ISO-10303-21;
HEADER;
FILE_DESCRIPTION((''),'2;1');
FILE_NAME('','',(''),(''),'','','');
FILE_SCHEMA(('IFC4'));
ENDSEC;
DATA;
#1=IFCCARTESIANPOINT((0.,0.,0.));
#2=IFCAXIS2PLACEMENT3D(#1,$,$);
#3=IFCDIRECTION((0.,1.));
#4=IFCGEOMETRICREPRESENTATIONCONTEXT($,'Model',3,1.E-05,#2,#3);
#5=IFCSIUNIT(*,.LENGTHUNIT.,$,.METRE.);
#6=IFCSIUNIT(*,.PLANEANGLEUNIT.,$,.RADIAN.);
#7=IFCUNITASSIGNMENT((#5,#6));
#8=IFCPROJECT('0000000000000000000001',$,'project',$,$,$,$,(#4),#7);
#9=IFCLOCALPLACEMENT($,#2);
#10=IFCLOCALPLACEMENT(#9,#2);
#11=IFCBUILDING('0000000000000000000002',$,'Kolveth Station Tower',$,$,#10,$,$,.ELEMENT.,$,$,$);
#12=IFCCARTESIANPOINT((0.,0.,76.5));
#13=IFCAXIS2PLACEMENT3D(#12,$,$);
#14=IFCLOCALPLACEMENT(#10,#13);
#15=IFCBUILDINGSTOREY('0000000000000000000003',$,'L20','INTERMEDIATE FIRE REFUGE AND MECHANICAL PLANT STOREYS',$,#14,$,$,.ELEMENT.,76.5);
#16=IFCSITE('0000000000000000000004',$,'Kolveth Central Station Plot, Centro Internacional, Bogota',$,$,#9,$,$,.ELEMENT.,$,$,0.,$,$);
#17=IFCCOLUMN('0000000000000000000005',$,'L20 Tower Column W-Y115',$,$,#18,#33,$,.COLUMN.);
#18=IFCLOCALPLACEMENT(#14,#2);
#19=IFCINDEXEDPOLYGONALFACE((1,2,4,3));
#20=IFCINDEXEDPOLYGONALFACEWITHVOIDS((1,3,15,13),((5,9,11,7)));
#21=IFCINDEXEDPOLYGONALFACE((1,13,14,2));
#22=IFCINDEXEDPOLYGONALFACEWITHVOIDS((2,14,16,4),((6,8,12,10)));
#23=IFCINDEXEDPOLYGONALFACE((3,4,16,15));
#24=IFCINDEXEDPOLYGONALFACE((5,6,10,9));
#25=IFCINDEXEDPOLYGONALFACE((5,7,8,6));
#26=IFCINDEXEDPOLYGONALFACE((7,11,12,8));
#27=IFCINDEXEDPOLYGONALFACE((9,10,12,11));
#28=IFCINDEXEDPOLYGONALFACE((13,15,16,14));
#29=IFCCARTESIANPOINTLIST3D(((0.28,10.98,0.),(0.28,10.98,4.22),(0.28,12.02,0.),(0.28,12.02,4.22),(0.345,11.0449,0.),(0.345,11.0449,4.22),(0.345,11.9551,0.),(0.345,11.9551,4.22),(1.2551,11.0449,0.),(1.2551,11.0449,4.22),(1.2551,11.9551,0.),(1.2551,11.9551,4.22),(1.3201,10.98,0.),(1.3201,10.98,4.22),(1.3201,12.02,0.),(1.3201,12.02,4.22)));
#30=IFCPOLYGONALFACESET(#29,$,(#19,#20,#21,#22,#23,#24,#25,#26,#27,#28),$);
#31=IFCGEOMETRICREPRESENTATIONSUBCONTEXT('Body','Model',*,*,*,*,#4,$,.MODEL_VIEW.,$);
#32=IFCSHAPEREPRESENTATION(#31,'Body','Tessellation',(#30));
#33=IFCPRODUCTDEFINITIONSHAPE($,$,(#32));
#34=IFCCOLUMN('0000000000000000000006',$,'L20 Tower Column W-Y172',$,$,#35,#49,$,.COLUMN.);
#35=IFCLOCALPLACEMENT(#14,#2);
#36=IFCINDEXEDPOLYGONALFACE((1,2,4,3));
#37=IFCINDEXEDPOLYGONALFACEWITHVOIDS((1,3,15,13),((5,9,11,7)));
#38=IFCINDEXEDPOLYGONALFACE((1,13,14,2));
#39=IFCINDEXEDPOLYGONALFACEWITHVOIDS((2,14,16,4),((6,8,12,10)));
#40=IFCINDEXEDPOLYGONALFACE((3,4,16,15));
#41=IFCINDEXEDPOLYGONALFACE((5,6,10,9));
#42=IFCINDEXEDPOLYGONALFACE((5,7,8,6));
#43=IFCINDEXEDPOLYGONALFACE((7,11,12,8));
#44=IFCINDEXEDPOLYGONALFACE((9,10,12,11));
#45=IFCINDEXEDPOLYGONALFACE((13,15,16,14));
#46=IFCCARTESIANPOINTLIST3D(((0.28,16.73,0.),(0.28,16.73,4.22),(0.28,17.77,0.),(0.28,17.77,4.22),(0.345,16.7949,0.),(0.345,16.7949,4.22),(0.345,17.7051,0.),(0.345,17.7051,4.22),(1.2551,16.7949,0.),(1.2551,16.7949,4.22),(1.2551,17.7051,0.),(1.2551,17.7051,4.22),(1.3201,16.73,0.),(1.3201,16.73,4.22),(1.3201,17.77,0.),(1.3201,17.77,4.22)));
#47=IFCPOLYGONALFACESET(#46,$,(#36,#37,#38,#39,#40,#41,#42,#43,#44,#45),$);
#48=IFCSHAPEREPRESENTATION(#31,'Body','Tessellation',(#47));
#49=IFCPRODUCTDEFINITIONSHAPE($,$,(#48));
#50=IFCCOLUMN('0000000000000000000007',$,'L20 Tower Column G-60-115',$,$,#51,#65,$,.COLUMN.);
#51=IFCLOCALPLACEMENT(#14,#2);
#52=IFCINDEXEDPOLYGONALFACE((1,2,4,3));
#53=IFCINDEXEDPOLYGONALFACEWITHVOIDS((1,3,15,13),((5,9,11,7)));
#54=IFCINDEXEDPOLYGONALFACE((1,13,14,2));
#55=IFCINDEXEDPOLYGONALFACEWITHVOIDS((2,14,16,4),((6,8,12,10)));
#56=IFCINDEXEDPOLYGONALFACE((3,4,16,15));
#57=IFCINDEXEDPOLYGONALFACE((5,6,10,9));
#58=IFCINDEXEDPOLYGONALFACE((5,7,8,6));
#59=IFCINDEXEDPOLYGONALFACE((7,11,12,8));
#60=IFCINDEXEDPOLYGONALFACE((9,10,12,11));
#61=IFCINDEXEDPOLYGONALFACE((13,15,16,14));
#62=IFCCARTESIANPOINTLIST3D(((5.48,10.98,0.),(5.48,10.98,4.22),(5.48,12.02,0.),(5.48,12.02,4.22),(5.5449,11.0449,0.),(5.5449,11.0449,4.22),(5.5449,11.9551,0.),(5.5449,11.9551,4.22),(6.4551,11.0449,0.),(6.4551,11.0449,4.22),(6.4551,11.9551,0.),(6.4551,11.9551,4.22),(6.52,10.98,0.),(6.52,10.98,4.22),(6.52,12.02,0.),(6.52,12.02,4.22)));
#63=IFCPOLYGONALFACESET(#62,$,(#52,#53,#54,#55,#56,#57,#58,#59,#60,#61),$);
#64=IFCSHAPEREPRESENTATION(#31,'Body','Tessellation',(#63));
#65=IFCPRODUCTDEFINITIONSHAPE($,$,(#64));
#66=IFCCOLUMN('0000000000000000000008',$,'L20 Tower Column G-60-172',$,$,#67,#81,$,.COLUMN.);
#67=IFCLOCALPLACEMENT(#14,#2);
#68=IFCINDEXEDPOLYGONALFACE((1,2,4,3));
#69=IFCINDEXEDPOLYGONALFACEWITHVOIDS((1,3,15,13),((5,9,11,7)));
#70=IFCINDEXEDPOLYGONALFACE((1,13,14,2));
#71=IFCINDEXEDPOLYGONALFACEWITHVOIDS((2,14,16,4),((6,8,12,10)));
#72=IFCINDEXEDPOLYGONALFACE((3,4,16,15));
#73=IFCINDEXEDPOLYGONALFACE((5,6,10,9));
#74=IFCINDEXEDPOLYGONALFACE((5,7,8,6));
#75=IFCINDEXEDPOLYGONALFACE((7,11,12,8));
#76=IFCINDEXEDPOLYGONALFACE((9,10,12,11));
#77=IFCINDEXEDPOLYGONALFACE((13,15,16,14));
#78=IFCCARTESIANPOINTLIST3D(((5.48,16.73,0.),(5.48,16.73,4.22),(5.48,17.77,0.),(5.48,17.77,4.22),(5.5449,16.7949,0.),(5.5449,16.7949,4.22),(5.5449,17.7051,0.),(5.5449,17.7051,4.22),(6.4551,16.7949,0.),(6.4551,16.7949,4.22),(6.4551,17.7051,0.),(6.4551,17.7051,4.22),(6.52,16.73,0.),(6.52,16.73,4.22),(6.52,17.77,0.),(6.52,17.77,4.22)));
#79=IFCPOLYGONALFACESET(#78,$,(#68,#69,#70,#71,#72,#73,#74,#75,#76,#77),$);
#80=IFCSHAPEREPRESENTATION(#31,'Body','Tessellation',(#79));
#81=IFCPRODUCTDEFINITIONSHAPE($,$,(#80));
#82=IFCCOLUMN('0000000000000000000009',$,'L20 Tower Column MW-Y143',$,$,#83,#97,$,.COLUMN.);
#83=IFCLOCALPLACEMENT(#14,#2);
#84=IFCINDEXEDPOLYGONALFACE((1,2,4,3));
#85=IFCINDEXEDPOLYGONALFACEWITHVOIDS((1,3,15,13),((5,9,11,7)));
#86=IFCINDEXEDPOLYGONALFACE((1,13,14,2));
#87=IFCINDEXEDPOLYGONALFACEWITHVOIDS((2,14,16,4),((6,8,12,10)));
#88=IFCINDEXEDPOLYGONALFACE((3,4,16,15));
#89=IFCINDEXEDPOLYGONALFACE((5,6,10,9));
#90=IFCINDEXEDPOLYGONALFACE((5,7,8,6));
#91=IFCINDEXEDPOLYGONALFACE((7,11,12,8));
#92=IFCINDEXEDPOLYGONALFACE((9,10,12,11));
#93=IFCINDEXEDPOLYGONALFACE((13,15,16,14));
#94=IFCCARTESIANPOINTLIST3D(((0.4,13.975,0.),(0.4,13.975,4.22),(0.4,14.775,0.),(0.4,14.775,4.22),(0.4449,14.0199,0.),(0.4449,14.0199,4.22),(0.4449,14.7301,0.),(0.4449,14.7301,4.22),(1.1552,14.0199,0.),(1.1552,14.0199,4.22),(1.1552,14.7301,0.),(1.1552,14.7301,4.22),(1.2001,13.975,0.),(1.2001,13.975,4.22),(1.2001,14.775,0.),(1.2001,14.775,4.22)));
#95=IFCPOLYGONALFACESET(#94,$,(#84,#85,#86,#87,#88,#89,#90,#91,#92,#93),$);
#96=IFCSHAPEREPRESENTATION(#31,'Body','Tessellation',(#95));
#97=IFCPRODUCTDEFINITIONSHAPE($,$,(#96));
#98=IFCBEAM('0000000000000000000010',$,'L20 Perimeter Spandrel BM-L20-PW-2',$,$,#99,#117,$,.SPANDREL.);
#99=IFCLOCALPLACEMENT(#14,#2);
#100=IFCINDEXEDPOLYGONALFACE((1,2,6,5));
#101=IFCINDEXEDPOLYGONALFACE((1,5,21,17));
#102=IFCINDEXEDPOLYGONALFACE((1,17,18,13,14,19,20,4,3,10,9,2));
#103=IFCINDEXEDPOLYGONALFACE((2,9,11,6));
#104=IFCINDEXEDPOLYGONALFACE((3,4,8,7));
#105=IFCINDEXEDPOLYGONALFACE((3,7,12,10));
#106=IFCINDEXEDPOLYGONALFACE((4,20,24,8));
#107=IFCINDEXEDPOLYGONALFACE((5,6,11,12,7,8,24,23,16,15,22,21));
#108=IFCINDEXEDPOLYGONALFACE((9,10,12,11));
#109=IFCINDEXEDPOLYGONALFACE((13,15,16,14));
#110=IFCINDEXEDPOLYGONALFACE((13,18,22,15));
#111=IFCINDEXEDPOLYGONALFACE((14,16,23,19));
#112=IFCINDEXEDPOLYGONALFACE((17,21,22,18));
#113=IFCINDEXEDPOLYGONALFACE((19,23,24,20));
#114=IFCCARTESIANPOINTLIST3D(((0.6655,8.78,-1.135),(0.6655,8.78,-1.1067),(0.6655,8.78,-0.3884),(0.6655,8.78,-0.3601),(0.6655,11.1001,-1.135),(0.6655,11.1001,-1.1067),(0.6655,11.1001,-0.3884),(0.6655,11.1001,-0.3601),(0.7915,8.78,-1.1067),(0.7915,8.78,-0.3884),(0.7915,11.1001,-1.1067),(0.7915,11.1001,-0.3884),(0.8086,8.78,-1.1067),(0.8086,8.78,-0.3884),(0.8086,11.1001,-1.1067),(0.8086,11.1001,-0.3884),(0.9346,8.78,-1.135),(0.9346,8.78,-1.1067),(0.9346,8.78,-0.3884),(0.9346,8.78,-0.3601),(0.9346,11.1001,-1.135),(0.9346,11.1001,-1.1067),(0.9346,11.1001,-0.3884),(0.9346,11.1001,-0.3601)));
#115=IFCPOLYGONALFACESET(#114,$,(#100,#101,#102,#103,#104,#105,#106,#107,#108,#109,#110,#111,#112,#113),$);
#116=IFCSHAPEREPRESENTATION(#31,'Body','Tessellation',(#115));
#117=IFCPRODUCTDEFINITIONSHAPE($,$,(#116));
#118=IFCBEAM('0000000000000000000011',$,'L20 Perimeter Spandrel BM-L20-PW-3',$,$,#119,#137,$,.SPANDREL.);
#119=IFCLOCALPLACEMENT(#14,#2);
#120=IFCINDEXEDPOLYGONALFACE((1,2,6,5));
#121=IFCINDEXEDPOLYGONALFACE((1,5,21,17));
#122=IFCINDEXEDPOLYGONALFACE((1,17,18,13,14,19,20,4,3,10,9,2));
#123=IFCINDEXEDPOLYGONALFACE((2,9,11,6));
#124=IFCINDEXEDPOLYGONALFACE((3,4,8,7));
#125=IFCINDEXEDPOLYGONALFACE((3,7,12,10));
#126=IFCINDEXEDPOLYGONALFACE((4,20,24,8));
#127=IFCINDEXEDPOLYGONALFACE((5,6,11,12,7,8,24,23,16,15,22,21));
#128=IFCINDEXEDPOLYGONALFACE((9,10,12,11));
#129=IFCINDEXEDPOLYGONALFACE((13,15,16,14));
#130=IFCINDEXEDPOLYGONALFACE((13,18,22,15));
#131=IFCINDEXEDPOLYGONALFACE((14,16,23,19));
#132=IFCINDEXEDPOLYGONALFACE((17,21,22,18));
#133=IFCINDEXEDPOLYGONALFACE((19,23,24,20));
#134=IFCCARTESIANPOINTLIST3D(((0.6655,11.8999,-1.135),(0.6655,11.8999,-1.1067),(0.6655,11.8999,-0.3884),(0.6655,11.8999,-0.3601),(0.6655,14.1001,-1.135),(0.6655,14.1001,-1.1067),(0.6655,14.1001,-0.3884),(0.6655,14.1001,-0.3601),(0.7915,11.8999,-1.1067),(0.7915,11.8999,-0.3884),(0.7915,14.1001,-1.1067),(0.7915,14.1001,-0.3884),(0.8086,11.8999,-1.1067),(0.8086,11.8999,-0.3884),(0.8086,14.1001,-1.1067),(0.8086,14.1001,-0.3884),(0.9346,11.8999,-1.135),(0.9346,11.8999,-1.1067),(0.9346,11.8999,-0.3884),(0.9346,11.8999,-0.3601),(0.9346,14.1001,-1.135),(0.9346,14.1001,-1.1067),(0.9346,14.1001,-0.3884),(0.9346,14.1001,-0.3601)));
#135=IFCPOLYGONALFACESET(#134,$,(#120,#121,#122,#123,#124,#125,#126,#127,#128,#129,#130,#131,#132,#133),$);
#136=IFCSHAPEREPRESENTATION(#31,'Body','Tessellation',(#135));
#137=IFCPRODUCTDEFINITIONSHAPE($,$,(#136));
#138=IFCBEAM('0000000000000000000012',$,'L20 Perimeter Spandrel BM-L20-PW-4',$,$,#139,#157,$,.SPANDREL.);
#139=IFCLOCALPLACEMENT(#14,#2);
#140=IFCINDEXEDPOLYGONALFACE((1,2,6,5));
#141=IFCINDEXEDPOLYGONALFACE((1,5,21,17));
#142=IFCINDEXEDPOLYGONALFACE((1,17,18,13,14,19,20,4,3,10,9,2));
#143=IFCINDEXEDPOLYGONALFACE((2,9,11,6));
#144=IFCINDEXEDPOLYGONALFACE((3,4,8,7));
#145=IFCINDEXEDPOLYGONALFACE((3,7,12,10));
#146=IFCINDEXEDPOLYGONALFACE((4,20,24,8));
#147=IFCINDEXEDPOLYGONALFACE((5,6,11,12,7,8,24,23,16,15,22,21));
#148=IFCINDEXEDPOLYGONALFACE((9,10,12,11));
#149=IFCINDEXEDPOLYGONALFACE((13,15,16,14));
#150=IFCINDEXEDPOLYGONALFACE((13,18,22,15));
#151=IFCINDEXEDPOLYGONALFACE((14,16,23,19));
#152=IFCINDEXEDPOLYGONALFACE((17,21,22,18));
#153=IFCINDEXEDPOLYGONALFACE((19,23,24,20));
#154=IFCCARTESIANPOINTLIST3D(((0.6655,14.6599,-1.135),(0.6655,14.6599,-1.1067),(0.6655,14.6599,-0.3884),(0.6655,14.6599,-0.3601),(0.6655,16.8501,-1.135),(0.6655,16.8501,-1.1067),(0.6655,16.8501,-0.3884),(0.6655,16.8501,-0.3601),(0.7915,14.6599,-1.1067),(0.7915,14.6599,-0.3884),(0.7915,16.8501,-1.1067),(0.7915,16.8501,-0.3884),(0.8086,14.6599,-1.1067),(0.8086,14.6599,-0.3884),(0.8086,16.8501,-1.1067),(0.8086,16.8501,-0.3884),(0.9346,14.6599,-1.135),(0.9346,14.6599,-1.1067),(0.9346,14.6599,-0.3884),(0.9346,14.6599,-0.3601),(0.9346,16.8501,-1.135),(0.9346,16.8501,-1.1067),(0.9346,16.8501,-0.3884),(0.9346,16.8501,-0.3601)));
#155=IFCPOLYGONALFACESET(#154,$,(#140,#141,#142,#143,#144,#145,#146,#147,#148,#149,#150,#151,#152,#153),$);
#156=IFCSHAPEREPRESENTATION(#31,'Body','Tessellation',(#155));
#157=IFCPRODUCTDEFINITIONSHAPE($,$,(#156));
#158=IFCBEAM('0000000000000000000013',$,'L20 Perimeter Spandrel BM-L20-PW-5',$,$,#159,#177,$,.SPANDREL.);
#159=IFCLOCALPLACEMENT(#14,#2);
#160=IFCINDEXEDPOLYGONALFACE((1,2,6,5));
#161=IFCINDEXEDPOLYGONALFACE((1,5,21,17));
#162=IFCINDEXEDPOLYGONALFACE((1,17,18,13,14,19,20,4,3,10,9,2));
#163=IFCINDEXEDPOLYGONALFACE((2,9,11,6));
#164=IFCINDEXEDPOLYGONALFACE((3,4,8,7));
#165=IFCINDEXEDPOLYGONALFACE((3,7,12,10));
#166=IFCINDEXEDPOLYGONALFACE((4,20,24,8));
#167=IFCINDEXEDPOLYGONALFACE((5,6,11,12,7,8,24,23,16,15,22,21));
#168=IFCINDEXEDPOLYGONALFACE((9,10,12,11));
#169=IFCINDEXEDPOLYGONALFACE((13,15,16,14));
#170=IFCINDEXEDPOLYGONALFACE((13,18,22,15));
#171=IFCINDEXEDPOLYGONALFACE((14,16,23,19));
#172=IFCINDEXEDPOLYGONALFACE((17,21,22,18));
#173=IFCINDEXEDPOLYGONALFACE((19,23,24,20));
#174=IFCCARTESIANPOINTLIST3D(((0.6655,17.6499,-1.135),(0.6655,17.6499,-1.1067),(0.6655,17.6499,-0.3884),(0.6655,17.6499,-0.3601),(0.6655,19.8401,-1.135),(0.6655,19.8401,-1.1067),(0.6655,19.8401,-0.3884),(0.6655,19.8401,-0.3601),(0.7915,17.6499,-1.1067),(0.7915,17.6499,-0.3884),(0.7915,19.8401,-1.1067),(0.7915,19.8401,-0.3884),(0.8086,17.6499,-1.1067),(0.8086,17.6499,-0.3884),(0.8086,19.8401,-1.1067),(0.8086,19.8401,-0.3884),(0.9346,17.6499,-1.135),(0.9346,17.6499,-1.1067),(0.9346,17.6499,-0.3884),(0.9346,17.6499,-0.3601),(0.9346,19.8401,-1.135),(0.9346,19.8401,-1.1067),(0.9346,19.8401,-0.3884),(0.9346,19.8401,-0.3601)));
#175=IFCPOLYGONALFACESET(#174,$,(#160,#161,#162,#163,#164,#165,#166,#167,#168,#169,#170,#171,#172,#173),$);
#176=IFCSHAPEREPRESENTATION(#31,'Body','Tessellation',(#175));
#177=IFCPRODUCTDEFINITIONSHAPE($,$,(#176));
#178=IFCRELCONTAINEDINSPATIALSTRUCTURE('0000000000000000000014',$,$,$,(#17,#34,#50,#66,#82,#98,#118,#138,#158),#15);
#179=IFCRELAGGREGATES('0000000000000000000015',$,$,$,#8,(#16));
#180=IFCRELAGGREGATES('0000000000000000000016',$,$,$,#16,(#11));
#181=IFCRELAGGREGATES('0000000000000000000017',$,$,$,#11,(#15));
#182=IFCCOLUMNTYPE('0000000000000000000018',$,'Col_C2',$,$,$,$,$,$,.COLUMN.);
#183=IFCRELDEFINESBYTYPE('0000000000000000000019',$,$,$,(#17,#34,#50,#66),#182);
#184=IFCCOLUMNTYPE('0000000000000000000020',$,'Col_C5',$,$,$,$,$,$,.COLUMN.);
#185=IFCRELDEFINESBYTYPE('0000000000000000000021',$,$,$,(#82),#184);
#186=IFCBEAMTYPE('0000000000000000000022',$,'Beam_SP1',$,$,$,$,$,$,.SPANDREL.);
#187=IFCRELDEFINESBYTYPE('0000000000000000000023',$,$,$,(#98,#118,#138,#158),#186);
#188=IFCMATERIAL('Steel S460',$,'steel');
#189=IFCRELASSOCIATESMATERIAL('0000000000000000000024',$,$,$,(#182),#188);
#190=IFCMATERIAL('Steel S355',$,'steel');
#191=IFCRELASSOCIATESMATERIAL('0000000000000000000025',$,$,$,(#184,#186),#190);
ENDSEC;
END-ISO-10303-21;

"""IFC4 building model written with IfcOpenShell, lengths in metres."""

from ifc_helpers import new_model, si_unit, direction, frame, origin, origin_2d, place, context, subcontext, project, spatial, hollow_rectangle, i_section, extrude, source, transform, mapped, material, material_profile, profile_set, type_object, element, save


model = new_model("IFC4")

# Units and contexts
model_context = context("Model", 3, precision=1e-05, world=origin(), true_north=direction((0.0, 1.0)))
body_context = subcontext(model_context, "Body", "Model", "MODEL_VIEW")
ifc_project = project(units=[si_unit("LENGTHUNIT", "METRE"), si_unit("PLANEANGLEUNIT", "RADIAN")], contexts=[model_context])

# Site, building, storey
site_placement = place(None, origin())
site = spatial("IfcSite", under=ifc_project, at=site_placement, Name="Kolveth Central Station Plot, Centro Internacional, Bogota", CompositionType="ELEMENT", RefElevation=0.0)
building_placement = place(site_placement, origin())
building = spatial("IfcBuilding", under=site, at=building_placement, Name="Kolveth Station Tower", CompositionType="ELEMENT")
storey_placement = place(building_placement, frame((0.0, 0.0, 76.5)))
storey = spatial("IfcBuildingStorey", under=building, at=storey_placement, Name="L20", Description="INTERMEDIATE FIRE REFUGE AND MECHANICAL PLANT STOREYS", CompositionType="ELEMENT", Elevation=76.5)

# Columns
ifc_material_1 = material(Name="Steel S460", Category="steel")
ifc_material_profile_1 = material_profile(ifc_material_1, hollow_rectangle(XDim=1.04, YDim=1.04, WallThickness=0.0649, at=origin_2d()), Name="BOX1040x1040x65")
ifc_profile_set_1 = profile_set([ifc_material_profile_1], Name="Steel S460")
column_type_1 = type_object("IfcColumnType", Name="Col_C2", PredefinedType="COLUMN", material=ifc_profile_set_1)
shared_shape_1 = source(origin(), body_context, "Body", "SweptSolid", [
    extrude(hollow_rectangle(XDim=1.04, YDim=1.04, WallThickness=0.0649, at=origin_2d()), origin(), (0.0, 0.0, 1.0), 4.22),
])
for number, where, z_axis, x_axis, name in (
    (1, (0.8, 11.5, 0.0), (0.0, 0.0, 1.0), (1.0, 0.0, 0.0), "L20 Tower Column W-Y115"),
    (2, (0.8, 17.25, 0.0), (0.0, 0.0, 1.0), (1.0, 0.0, 0.0), "L20 Tower Column W-Y172"),
    (3, (6.0, 11.5, 0.0), (0.0, 0.0, 1.0), (1.0, 0.0, 0.0), "L20 Tower Column G-60-115"),
    (4, (6.0, 17.25, 0.0), (0.0, 0.0, 1.0), (1.0, 0.0, 0.0), "L20 Tower Column G-60-172"),
):
    element("IfcColumn", number, at=place(storey_placement, frame(where, z_axis=z_axis, x_axis=x_axis)), inside=storey, type_object=column_type_1, Name=name, PredefinedType="COLUMN", context=body_context, shape_type="MappedRepresentation", body=[
        mapped(shared_shape_1, transform((0.0, 0.0, 0.0), x_axis=(1.0, 0.0, 0.0), y_axis=(0.0, 1.0, 0.0), z_axis=(0.0, 0.0, 1.0), scale=1.0)),
    ])
ifc_material_2 = material(Name="Steel S355", Category="steel")
ifc_material_profile_2 = material_profile(ifc_material_2, hollow_rectangle(XDim=0.8, YDim=0.8, WallThickness=0.0449, at=origin_2d()), Name="BOX800x800x45")
ifc_profile_set_2 = profile_set([ifc_material_profile_2], Name="Steel S355")
column_type_2 = type_object("IfcColumnType", Name="Col_C5", PredefinedType="COLUMN", material=ifc_profile_set_2)
shared_shape_2 = source(origin(), body_context, "Body", "SweptSolid", [
    extrude(hollow_rectangle(XDim=0.8, YDim=0.8, WallThickness=0.0449, at=origin_2d()), origin(), (0.0, 0.0, 1.0), 4.22),
])
column_placement = place(storey_placement, frame((0.8, 14.375, 0.0), z_axis=(0.0, 0.0, 1.0), x_axis=(1.0, 0.0, 0.0)))
element("IfcColumn", 5, at=column_placement, inside=storey, type_object=column_type_2, Name="L20 Tower Column MW-Y143", PredefinedType="COLUMN", context=body_context, shape_type="MappedRepresentation", body=[
    mapped(shared_shape_2, transform((0.0, 0.0, 0.0), x_axis=(1.0, 0.0, 0.0), y_axis=(0.0, 1.0, 0.0), z_axis=(0.0, 0.0, 1.0), scale=1.0)),
])

# Beams
ifc_material_profile_3 = material_profile(ifc_material_2, i_section(OverallWidth=0.269, OverallDepth=0.7749, WebThickness=0.0171, FlangeThickness=0.0283, at=origin_2d()), Name="W760x220")
ifc_profile_set_3 = profile_set([ifc_material_profile_3], Name="Steel S355")
beam_type_1 = type_object("IfcBeamType", Name="Beam_SP1", PredefinedType="SPANDREL", material=ifc_profile_set_3)
shared_shape_3 = source(origin(), body_context, "Body", "SweptSolid", [
    extrude(i_section(OverallWidth=0.269, OverallDepth=0.7749, WebThickness=0.0171, FlangeThickness=0.0283, at=origin_2d()), origin(), (0.0, 0.0, 1.0), 2.3201),
])
beam_1_placement = place(storey_placement, frame((0.8, 8.78, -0.7476), z_axis=(0.0, 1.0, 0.0), x_axis=(-1.0, 0.0, 0.0)))
element("IfcBeam", 6, at=beam_1_placement, inside=storey, type_object=beam_type_1, Name="L20 Perimeter Spandrel BM-L20-PW-2", PredefinedType="SPANDREL", context=body_context, shape_type="MappedRepresentation", body=[
    mapped(shared_shape_3, transform((0.0, 0.0, 0.0), x_axis=(1.0, 0.0, 0.0), y_axis=(0.0, 1.0, 0.0), z_axis=(0.0, 0.0, 1.0), scale=1.0)),
])
shared_shape_4 = source(origin(), body_context, "Body", "SweptSolid", [
    extrude(i_section(OverallWidth=0.269, OverallDepth=0.7749, WebThickness=0.0171, FlangeThickness=0.0283, at=origin_2d()), origin(), (0.0, 0.0, 1.0), 2.2002),
])
beam_2_placement = place(storey_placement, frame((0.8, 11.8999, -0.7476), z_axis=(0.0, 1.0, 0.0), x_axis=(-1.0, 0.0, 0.0)))
element("IfcBeam", 7, at=beam_2_placement, inside=storey, type_object=beam_type_1, Name="L20 Perimeter Spandrel BM-L20-PW-3", PredefinedType="SPANDREL", context=body_context, shape_type="MappedRepresentation", body=[
    mapped(shared_shape_4, transform((0.0, 0.0, 0.0), x_axis=(1.0, 0.0, 0.0), y_axis=(0.0, 1.0, 0.0), z_axis=(0.0, 0.0, 1.0), scale=1.0)),
])
shared_shape_5 = source(origin(), body_context, "Body", "SweptSolid", [
    extrude(i_section(OverallWidth=0.269, OverallDepth=0.7749, WebThickness=0.0171, FlangeThickness=0.0283, at=origin_2d()), origin(), (0.0, 0.0, 1.0), 2.1902),
])
for number, where, z_axis, x_axis, name in (
    (8, (0.8, 14.6599, -0.7476), (0.0, 1.0, 0.0), (-1.0, 0.0, 0.0), "L20 Perimeter Spandrel BM-L20-PW-4"),
    (9, (0.8, 17.6499, -0.7476), (0.0, 1.0, 0.0), (-1.0, 0.0, 0.0), "L20 Perimeter Spandrel BM-L20-PW-5"),
):
    element("IfcBeam", number, at=place(storey_placement, frame(where, z_axis=z_axis, x_axis=x_axis)), inside=storey, type_object=beam_type_1, Name=name, PredefinedType="SPANDREL", context=body_context, shape_type="MappedRepresentation", body=[
        mapped(shared_shape_5, transform((0.0, 0.0, 0.0), x_axis=(1.0, 0.0, 0.0), y_axis=(0.0, 1.0, 0.0), z_axis=(0.0, 0.0, 1.0), scale=1.0)),
    ])

save(model, "model.ifc")
